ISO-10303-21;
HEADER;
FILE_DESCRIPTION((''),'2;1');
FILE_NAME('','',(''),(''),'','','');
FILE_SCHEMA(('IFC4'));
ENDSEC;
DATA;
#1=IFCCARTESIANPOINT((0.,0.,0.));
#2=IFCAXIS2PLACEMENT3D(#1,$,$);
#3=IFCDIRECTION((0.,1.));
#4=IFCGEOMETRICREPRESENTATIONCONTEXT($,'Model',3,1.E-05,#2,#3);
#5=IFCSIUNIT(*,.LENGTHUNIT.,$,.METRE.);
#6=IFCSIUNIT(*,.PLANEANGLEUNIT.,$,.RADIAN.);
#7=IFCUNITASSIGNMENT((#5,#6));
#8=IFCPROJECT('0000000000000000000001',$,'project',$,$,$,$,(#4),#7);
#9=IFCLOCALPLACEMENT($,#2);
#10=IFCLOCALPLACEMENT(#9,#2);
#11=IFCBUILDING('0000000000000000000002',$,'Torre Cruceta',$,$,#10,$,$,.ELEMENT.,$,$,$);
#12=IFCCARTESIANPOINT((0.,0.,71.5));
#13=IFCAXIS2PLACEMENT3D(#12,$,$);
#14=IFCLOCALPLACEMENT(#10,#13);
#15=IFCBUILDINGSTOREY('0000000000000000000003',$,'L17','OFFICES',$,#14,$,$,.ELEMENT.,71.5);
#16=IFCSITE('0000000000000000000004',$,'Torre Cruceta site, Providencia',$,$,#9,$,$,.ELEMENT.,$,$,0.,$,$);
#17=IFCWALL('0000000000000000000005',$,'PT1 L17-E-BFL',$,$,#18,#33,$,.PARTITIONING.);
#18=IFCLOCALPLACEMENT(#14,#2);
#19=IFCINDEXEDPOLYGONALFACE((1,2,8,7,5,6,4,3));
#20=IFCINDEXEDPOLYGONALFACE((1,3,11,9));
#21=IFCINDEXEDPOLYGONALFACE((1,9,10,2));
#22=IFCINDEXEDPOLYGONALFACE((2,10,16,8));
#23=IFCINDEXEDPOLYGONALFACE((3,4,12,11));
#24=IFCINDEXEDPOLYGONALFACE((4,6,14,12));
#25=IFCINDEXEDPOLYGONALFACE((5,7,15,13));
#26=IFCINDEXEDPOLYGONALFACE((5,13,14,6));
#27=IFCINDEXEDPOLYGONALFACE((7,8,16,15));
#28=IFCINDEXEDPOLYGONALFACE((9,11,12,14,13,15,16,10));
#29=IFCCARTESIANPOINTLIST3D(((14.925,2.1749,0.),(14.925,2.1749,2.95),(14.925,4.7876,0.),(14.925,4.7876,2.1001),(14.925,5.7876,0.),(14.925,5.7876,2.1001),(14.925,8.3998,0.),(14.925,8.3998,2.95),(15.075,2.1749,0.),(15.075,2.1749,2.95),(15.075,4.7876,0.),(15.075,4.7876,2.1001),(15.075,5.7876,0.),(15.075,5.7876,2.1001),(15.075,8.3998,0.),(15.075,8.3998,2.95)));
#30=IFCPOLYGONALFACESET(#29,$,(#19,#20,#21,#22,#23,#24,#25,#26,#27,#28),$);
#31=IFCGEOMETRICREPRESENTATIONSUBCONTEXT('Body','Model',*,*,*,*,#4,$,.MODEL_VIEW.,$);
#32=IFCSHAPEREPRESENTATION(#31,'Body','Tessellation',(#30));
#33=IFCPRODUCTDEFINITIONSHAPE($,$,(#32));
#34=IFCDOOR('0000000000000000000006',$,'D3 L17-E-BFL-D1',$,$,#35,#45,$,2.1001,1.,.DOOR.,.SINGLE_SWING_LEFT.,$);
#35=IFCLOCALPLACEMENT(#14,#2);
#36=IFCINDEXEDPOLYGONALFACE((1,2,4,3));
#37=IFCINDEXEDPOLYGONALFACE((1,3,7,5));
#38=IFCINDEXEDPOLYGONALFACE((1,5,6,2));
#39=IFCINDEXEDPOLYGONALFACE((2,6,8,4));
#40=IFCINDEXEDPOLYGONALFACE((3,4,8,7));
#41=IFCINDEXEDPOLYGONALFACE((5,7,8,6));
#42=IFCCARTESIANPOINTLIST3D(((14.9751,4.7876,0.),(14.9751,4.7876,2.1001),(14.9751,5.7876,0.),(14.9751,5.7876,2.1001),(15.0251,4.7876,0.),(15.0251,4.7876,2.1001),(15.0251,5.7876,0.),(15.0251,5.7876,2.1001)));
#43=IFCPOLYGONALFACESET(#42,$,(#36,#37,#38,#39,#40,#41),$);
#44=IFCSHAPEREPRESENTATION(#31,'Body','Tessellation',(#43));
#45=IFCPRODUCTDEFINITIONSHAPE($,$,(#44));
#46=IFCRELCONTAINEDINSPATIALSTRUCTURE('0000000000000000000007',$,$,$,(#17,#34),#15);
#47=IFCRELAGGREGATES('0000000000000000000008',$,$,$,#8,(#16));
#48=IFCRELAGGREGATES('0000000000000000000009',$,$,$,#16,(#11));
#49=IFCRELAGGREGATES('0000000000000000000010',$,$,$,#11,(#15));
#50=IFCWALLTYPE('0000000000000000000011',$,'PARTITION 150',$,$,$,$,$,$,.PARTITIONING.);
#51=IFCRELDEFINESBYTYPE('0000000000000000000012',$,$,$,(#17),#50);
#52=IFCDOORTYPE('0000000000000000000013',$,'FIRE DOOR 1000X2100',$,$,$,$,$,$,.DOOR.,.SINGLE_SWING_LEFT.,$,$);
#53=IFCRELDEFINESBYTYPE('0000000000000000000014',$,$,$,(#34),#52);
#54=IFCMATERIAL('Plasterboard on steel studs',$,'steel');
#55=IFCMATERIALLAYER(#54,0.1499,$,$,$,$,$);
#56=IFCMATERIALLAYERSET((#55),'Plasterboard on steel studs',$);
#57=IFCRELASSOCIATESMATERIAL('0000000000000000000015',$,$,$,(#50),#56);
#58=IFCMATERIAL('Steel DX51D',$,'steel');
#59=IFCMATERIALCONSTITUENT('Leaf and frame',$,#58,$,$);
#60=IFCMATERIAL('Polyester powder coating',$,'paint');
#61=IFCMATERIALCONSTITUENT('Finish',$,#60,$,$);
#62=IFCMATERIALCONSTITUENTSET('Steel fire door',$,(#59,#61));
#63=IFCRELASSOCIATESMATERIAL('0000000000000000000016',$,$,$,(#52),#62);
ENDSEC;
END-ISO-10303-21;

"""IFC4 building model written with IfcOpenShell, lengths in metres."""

from ifc_helpers import new_model, si_unit, direction, frame, frame_2d, origin, place, context, subcontext, project, spatial, rectangle, extrude, material, layer, layer_set, constituent, constituent_set, type_object, element, fill, save


model = new_model("IFC4")

# Units and contexts
model_context = context("Model", 3, precision=1e-05, world=origin(), true_north=direction((0.0, 1.0)))
body_context = subcontext(model_context, "Body", "Model", "MODEL_VIEW")
ifc_project = project(units=[si_unit("LENGTHUNIT", "METRE"), si_unit("PLANEANGLEUNIT", "RADIAN")], contexts=[model_context])

# Site, building, storey
site_placement = place(None, origin())
site = spatial("IfcSite", under=ifc_project, at=site_placement, Name="Torre Cruceta site, Providencia", CompositionType="ELEMENT", RefElevation=0.0)
building_placement = place(site_placement, origin())
building = spatial("IfcBuilding", under=site, at=building_placement, Name="Torre Cruceta", CompositionType="ELEMENT")
storey_placement = place(building_placement, frame((0.0, 0.0, 71.5)))
storey = spatial("IfcBuildingStorey", under=building, at=storey_placement, Name="L17", Description="OFFICES", CompositionType="ELEMENT", Elevation=71.5)

# Wall, opening, door
ifc_material_1 = material(Name="Plasterboard on steel studs", Category="steel")
ifc_layer_1 = layer(ifc_material_1, 0.1499)
ifc_layer_set_1 = layer_set([ifc_layer_1], Name="Plasterboard on steel studs")
wall_type_1 = type_object("IfcWallType", Name="PARTITION 150", PredefinedType="PARTITIONING", material=ifc_layer_set_1)
wall_1_placement = place(storey_placement, frame((15.0, 2.175, 0.0), z_axis=(0.0, 0.0, 1.0), x_axis=(0.0, 1.0, 0.0)))
wall_1 = element("IfcWall", 1, at=wall_1_placement, inside=storey, type_object=wall_type_1, Name="PT1 L17-E-BFL", PredefinedType="PARTITIONING", context=body_context, shape_type="SweptSolid", body=[
    extrude(rectangle(XDim=6.2249, YDim=0.1499, at=frame_2d((3.1123, 0.0))), origin(), (0.0, 0.0, 1.0), 2.95),
])
opening_1_placement = place(wall_1_placement, frame((2.6125, 0.0, 0.0)))
opening_1 = element("IfcOpeningElement", 2, at=opening_1_placement, cuts=wall_1, PredefinedType="OPENING", context=body_context, shape_type="SweptSolid", body=[
    extrude(rectangle(XDim=1.0, YDim=2.1001, at=frame_2d((0.5, 1.05))), frame((0.0, 0.085, 0.0), z_axis=(0.0, -1.0, 0.0), x_axis=(1.0, 0.0, 0.0)), (0.0, 0.0, 1.0), 0.1699),
])
ifc_material_2 = material(Name="Steel DX51D", Category="steel")
ifc_constituent_1 = constituent(ifc_material_2, Name="Leaf and frame")
ifc_material_3 = material(Name="Polyester powder coating", Category="paint")
ifc_constituent_2 = constituent(ifc_material_3, Name="Finish")
ifc_constituent_set_1 = constituent_set(constituents=[ifc_constituent_1, ifc_constituent_2], Name="Steel fire door")
door_type = type_object("IfcDoorType", Name="FIRE DOOR 1000X2100", OperationType="SINGLE_SWING_LEFT", PredefinedType="DOOR", material=ifc_constituent_set_1)
door_placement = place(opening_1_placement, origin())
door = element("IfcDoor", 3, at=door_placement, inside=storey, type_object=door_type, Name="D3 L17-E-BFL-D1", OperationType="SINGLE_SWING_LEFT", OverallHeight=2.1001, OverallWidth=1.0, PredefinedType="DOOR", context=body_context, shape_type="SweptSolid", body=[
    extrude(rectangle(XDim=1.0, YDim=2.1001, at=frame_2d((0.5, 1.05))), frame((0.0, 0.0249, 0.0), z_axis=(0.0, -1.0, 0.0), x_axis=(1.0, 0.0, 0.0)), (0.0, 0.0, 1.0), 0.05),
])
fill(opening_1, door)

save(model, "model.ifc")
